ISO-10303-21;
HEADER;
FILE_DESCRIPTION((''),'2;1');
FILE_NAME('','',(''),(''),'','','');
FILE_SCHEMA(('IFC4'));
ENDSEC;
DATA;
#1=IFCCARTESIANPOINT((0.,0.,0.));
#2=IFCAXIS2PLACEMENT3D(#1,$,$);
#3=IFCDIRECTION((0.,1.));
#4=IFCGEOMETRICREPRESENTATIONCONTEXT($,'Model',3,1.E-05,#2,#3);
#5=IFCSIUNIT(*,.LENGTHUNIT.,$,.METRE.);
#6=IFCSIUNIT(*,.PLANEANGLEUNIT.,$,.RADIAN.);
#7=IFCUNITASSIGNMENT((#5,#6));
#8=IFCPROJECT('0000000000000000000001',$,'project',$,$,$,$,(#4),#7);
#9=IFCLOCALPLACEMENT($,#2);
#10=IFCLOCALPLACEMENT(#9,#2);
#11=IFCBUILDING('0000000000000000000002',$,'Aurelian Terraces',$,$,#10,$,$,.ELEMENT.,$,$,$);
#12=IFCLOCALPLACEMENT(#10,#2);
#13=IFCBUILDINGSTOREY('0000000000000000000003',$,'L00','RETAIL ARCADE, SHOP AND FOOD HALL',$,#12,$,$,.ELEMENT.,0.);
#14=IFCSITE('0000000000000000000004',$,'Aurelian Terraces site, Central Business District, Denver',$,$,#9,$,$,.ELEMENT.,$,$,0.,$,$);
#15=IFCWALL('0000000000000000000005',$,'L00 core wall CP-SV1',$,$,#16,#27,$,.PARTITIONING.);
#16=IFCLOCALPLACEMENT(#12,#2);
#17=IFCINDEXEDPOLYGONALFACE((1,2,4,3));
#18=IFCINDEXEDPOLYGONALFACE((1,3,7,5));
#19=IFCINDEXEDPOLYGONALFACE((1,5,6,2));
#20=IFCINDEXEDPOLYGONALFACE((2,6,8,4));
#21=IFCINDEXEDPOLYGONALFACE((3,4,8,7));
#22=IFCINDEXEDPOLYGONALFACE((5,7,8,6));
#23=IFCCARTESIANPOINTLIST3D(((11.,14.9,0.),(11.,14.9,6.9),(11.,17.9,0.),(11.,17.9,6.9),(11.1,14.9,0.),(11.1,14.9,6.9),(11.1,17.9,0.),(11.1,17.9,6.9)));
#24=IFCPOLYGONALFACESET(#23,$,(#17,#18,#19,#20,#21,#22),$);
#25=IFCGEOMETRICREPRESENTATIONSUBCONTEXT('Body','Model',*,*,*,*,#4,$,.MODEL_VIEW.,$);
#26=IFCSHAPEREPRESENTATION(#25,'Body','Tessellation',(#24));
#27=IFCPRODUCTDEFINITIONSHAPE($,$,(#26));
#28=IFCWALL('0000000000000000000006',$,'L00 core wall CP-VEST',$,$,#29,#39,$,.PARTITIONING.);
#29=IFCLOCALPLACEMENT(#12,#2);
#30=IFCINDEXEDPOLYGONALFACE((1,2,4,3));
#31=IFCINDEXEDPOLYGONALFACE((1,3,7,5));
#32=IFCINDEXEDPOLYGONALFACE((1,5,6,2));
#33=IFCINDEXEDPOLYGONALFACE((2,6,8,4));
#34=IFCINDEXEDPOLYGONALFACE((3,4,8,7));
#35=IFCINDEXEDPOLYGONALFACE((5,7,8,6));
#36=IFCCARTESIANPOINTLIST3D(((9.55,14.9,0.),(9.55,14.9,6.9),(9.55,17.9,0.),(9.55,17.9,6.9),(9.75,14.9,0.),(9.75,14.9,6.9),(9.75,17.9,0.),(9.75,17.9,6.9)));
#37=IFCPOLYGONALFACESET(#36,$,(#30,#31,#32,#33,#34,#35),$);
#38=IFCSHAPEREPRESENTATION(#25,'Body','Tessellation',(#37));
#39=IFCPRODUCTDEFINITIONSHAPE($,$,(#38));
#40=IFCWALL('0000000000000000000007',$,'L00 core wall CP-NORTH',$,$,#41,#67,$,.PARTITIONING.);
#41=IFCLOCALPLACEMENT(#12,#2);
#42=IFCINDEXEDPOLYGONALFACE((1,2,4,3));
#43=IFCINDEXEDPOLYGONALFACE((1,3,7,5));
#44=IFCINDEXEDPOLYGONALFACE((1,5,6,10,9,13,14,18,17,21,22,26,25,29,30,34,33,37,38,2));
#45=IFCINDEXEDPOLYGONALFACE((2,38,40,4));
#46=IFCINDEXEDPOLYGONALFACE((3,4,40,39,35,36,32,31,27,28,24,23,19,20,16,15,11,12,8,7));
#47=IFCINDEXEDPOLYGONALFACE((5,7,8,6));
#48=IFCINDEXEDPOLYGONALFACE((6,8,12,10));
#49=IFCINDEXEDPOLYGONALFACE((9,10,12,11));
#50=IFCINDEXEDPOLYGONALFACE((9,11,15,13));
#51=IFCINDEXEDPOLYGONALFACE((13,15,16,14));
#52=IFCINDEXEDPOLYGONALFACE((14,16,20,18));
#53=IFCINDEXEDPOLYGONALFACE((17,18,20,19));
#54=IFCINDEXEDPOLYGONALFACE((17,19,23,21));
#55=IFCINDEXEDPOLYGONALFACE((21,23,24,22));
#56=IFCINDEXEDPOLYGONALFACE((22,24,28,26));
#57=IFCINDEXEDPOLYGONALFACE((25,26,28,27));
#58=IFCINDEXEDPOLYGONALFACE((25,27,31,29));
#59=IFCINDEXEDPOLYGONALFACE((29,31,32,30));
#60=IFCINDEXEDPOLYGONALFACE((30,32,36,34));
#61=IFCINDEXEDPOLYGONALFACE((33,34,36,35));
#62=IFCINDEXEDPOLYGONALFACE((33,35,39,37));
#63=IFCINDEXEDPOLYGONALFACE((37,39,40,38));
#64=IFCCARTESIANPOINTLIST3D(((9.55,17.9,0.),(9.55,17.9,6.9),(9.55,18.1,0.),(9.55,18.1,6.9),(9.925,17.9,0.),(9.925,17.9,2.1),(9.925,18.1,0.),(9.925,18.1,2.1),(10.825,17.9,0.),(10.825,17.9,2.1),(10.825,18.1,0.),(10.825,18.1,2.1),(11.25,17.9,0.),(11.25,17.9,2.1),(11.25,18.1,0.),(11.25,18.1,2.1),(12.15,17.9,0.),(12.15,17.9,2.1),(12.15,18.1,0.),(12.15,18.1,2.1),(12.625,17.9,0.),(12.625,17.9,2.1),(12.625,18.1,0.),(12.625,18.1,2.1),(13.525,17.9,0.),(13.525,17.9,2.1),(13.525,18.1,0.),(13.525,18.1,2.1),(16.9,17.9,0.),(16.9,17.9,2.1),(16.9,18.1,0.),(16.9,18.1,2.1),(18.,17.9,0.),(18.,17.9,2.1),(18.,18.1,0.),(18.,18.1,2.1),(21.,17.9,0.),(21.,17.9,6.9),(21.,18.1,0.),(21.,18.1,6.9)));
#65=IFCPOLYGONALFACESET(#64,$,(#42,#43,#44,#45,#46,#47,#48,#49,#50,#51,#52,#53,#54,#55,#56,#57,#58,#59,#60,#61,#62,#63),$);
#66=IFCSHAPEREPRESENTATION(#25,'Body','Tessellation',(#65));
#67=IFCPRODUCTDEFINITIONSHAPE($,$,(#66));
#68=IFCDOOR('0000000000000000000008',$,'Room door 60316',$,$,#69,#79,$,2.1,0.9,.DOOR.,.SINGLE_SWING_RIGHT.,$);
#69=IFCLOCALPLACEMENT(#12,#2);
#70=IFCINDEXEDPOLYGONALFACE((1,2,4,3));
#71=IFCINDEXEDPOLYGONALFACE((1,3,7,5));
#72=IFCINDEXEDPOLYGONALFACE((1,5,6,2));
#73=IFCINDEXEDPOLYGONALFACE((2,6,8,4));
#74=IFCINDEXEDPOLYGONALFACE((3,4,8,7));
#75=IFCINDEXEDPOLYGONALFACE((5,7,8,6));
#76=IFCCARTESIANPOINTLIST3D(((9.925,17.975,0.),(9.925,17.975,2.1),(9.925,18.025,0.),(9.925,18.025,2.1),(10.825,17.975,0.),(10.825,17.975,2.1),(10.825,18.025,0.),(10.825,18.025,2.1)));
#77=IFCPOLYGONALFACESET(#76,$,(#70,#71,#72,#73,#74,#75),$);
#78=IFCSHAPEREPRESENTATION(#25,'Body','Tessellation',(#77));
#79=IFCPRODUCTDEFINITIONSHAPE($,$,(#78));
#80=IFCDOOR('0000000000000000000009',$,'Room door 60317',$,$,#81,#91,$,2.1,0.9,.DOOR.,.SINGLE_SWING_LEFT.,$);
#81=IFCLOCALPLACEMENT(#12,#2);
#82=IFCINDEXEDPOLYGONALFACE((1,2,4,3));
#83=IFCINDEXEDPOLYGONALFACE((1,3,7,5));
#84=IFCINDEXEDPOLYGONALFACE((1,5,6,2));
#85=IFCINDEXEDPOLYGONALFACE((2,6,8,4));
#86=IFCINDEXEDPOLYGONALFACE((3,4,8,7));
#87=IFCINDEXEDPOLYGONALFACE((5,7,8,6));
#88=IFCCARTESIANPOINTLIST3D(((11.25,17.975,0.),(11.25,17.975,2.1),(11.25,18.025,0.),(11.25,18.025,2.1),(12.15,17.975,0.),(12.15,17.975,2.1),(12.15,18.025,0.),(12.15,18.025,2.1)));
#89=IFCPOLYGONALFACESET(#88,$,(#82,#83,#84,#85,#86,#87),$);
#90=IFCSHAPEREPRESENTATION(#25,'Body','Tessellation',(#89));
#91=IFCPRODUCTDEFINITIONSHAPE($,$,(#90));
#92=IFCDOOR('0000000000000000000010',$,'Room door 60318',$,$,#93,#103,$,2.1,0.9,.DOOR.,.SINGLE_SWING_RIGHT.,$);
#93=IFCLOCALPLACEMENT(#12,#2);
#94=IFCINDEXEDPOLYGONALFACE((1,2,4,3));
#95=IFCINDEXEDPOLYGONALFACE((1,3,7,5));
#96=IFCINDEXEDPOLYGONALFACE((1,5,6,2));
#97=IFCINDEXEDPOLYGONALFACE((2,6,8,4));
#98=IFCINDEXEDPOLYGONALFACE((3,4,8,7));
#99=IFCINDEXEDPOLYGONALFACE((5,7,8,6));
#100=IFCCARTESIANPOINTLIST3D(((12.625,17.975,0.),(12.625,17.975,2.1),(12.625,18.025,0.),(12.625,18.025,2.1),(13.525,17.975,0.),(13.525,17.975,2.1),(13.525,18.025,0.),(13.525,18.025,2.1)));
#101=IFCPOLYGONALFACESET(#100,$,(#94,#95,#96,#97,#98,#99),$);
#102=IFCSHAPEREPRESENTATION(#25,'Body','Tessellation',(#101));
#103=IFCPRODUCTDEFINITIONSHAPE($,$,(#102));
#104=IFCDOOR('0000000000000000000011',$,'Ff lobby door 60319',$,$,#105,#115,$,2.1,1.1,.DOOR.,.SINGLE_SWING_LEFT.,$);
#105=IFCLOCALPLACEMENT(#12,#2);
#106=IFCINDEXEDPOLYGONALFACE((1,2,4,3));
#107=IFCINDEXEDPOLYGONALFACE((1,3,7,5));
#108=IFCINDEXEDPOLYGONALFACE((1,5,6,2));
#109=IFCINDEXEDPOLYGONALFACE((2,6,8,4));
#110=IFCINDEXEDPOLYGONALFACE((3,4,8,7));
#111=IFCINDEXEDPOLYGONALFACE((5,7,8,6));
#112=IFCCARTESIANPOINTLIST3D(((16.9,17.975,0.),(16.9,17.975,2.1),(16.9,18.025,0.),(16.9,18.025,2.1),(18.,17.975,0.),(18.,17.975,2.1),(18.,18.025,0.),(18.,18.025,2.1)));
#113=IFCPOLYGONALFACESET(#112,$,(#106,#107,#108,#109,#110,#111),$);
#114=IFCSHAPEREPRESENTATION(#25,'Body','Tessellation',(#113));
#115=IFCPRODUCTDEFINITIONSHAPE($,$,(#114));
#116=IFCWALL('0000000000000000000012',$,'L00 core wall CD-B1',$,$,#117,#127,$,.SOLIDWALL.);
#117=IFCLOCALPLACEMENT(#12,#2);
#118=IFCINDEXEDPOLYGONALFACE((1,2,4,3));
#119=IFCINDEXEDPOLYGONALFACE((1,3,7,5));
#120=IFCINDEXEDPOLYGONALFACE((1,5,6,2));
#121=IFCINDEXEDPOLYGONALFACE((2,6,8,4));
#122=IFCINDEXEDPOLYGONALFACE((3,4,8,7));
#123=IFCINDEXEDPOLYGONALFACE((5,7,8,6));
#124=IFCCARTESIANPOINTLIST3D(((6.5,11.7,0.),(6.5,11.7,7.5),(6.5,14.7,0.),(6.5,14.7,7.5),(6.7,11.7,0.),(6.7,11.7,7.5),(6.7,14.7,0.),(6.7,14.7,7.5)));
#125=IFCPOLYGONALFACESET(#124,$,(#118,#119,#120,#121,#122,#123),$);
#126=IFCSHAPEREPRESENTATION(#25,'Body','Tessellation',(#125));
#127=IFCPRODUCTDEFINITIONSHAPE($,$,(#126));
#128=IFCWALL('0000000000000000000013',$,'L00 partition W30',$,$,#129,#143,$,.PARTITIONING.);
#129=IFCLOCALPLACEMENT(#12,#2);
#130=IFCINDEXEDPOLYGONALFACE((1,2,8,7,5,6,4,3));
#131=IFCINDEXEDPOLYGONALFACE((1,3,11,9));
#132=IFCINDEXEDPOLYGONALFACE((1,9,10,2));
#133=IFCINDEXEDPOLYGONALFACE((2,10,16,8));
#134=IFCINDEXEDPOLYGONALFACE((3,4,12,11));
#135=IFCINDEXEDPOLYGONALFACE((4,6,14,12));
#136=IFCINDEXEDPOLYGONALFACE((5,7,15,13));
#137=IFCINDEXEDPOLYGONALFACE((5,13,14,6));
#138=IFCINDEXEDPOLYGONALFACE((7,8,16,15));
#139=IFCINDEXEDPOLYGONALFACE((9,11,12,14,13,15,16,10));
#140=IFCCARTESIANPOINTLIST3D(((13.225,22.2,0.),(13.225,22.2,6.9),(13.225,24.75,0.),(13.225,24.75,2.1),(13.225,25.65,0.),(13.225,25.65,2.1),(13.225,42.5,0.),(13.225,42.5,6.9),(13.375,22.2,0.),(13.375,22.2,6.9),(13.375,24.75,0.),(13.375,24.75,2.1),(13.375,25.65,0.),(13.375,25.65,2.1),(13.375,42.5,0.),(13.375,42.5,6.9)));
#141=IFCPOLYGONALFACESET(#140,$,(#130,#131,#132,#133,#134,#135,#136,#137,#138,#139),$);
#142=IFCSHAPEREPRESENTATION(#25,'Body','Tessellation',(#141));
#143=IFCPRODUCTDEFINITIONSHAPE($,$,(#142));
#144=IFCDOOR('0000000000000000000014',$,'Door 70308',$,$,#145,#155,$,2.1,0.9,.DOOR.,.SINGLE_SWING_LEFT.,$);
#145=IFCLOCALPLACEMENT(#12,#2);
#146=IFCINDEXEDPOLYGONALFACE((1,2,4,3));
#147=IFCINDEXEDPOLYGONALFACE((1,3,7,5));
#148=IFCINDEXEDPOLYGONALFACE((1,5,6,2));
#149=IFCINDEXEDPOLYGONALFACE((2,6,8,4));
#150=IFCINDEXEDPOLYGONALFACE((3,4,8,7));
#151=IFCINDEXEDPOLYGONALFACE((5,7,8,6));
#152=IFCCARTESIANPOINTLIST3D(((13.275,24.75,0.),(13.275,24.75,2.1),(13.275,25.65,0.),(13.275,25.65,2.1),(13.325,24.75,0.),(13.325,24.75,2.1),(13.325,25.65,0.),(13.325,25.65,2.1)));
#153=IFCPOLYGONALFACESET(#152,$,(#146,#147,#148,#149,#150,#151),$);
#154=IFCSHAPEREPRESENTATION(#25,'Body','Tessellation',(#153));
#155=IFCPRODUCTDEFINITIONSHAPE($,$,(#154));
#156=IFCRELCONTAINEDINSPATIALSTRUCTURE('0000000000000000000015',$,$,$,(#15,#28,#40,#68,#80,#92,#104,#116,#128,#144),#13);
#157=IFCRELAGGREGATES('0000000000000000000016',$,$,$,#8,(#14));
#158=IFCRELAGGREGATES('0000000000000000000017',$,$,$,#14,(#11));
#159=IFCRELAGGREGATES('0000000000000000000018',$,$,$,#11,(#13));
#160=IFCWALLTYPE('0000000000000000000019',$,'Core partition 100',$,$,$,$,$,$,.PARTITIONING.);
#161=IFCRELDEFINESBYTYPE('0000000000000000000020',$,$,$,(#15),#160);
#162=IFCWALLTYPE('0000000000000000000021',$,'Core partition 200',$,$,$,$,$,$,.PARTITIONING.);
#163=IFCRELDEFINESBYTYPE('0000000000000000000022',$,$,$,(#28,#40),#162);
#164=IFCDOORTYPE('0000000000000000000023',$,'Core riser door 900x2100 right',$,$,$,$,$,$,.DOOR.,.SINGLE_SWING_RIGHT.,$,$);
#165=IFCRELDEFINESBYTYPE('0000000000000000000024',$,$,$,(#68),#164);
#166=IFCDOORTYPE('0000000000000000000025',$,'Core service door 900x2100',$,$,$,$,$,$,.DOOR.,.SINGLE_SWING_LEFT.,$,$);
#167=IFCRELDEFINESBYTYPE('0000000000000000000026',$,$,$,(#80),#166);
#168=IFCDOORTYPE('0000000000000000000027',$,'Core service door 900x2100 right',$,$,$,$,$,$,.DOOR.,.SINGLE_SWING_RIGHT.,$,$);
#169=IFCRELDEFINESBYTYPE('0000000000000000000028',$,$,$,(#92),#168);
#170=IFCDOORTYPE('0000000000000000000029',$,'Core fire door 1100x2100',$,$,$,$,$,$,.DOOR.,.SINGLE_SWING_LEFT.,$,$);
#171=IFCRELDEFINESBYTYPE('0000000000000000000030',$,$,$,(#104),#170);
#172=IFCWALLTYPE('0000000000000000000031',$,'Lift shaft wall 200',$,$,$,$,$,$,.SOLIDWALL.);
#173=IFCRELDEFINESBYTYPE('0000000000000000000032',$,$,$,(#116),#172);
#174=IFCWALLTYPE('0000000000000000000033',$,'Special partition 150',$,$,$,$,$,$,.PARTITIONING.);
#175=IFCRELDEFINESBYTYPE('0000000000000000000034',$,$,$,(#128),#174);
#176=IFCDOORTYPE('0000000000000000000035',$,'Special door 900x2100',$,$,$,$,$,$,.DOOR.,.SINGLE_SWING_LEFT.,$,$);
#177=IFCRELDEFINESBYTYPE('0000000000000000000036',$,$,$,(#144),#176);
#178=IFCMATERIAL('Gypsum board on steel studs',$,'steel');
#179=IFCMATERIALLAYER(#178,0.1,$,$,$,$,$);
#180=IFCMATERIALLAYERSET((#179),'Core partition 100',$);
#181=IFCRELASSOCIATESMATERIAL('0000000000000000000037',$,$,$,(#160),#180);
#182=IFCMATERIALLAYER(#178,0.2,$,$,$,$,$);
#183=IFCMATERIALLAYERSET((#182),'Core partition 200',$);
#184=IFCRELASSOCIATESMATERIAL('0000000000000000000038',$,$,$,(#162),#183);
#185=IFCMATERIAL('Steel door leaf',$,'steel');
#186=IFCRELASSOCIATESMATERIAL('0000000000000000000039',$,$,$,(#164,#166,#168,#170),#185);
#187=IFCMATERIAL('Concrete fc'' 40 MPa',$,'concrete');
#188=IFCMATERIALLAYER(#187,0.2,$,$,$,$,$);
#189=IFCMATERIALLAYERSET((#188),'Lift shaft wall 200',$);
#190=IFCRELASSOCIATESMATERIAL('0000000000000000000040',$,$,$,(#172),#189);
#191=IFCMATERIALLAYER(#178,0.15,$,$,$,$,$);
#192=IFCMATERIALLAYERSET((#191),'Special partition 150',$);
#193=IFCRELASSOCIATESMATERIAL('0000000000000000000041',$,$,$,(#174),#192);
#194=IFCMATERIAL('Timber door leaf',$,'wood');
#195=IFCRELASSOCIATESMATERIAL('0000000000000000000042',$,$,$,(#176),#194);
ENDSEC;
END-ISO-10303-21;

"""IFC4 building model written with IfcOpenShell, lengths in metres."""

from ifc_helpers import new_model, si_unit, direction, frame, frame_2d, origin, place, context, subcontext, project, spatial, rectangle, extrude, source, transform, mapped, material, layer, layer_set, type_object, element, fill, save


model = new_model("IFC4")

# Units and contexts
model_context = context("Model", 3, precision=1e-05, world=origin(), true_north=direction((0.0, 1.0)))
body_context = subcontext(model_context, "Body", "Model", "MODEL_VIEW")
ifc_project = project(units=[si_unit("LENGTHUNIT", "METRE"), si_unit("PLANEANGLEUNIT", "RADIAN")], contexts=[model_context])

# Site, building, storey
site_placement = place(None, origin())
site = spatial("IfcSite", under=ifc_project, at=site_placement, Name="Aurelian Terraces site, Central Business District, Denver", CompositionType="ELEMENT", RefElevation=0.0)
building_placement = place(site_placement, origin())
building = spatial("IfcBuilding", under=site, at=building_placement, Name="Aurelian Terraces", CompositionType="ELEMENT")
storey_placement = place(building_placement, origin())
storey = spatial("IfcBuildingStorey", under=building, at=storey_placement, Name="L00", Description="RETAIL ARCADE, SHOP AND FOOD HALL", CompositionType="ELEMENT", Elevation=0.0)

# Walls
ifc_material_1 = material(Name="Gypsum board on steel studs", Category="steel")
ifc_layer_1 = layer(ifc_material_1, 0.1)
ifc_layer_set_1 = layer_set([ifc_layer_1], Name="Core partition 100")
wall_type_1 = type_object("IfcWallType", Name="Core partition 100", PredefinedType="PARTITIONING", material=ifc_layer_set_1)
wall_1_placement = place(storey_placement, frame((11.05, 14.9, 0.0), z_axis=(0.0, 0.0, 1.0), x_axis=(0.0, 1.0, 0.0)))
element("IfcWall", 1, at=wall_1_placement, inside=storey, type_object=wall_type_1, Name="L00 core wall CP-SV1", PredefinedType="PARTITIONING", context=body_context, shape_type="SweptSolid", body=[
    extrude(rectangle(XDim=3.0, YDim=0.1, at=frame_2d((1.5, 0.0))), origin(), (0.0, 0.0, 1.0), 6.9),
])
ifc_layer_2 = layer(ifc_material_1, 0.2)
ifc_layer_set_2 = layer_set([ifc_layer_2], Name="Core partition 200")
wall_type_2 = type_object("IfcWallType", Name="Core partition 200", PredefinedType="PARTITIONING", material=ifc_layer_set_2)
wall_2_placement = place(storey_placement, frame((9.65, 14.9, 0.0), z_axis=(0.0, 0.0, 1.0), x_axis=(0.0, 1.0, 0.0)))
element("IfcWall", 2, at=wall_2_placement, inside=storey, type_object=wall_type_2, Name="L00 core wall CP-VEST", PredefinedType="PARTITIONING", context=body_context, shape_type="SweptSolid", body=[
    extrude(rectangle(XDim=3.0, YDim=0.2, at=frame_2d((1.5, 0.0))), origin(), (0.0, 0.0, 1.0), 6.9),
])

# Wall, openings, doors
wall_3_placement = place(storey_placement, frame((9.55, 18.0, 0.0), z_axis=(0.0, 0.0, 1.0), x_axis=(1.0, 0.0, 0.0)))
wall_3 = element("IfcWall", 3, at=wall_3_placement, inside=storey, type_object=wall_type_2, Name="L00 core wall CP-NORTH", PredefinedType="PARTITIONING", context=body_context, shape_type="SweptSolid", body=[
    extrude(rectangle(XDim=11.45, YDim=0.2, at=frame_2d((5.725, 0.0))), origin(), (0.0, 0.0, 1.0), 6.9),
])
shared_shape_1 = source(origin(), body_context, "Body", "SweptSolid", [
    extrude(rectangle(XDim=0.9, YDim=2.1, at=frame_2d((0.45, 1.05))), frame((0.0, 0.11, 0.0), z_axis=(0.0, -1.0, 0.0), x_axis=(1.0, 0.0, 0.0)), (0.0, 0.0, 1.0), 0.22),
])
opening_1_placement = place(wall_3_placement, frame((0.375, 0.0, 0.0)))
opening_1 = element("IfcOpeningElement", 4, at=opening_1_placement, cuts=wall_3, PredefinedType="OPENING", context=body_context, shape_type="MappedRepresentation", body=[
    mapped(shared_shape_1, transform((0.0, 0.0, 0.0), scale=1.0)),
])
opening_2_placement = place(wall_3_placement, frame((1.7, 0.0, 0.0)))
opening_2 = element("IfcOpeningElement", 5, at=opening_2_placement, cuts=wall_3, PredefinedType="OPENING", context=body_context, shape_type="MappedRepresentation", body=[
    mapped(shared_shape_1, transform((0.0, 0.0, 0.0), scale=1.0)),
])
opening_3_placement = place(wall_3_placement, frame((3.075, 0.0, 0.0)))
opening_3 = element("IfcOpeningElement", 6, at=opening_3_placement, cuts=wall_3, PredefinedType="OPENING", context=body_context, shape_type="MappedRepresentation", body=[
    mapped(shared_shape_1, transform((0.0, 0.0, 0.0), scale=1.0)),
])
shared_shape_2 = source(origin(), body_context, "Body", "SweptSolid", [
    extrude(rectangle(XDim=1.1, YDim=2.1, at=frame_2d((0.55, 1.05))), frame((0.0, 0.11, 0.0), z_axis=(0.0, -1.0, 0.0), x_axis=(1.0, 0.0, 0.0)), (0.0, 0.0, 1.0), 0.22),
])
opening_4_placement = place(wall_3_placement, frame((7.35, 0.0, 0.0)))
opening_4 = element("IfcOpeningElement", 7, at=opening_4_placement, cuts=wall_3, PredefinedType="OPENING", context=body_context, shape_type="MappedRepresentation", body=[
    mapped(shared_shape_2, transform((0.0, 0.0, 0.0), scale=1.0)),
])
ifc_material_2 = material(Name="Steel door leaf", Category="steel")
door_type_1 = type_object("IfcDoorType", Name="Core riser door 900x2100 right", OperationType="SINGLE_SWING_RIGHT", PredefinedType="DOOR", material=ifc_material_2)
shared_shape_3 = source(origin(), body_context, "Body", "SweptSolid", [
    extrude(rectangle(XDim=0.9, YDim=2.1, at=frame_2d((0.45, 1.05))), frame((0.0, 0.025, 0.0), z_axis=(0.0, -1.0, 0.0), x_axis=(1.0, 0.0, 0.0)), (0.0, 0.0, 1.0), 0.05),
])
door_1_placement = place(opening_1_placement, origin())
door_1 = element("IfcDoor", 8, at=door_1_placement, inside=storey, type_object=door_type_1, Name="Room door 60316", OperationType="SINGLE_SWING_RIGHT", OverallHeight=2.1, OverallWidth=0.9, PredefinedType="DOOR", context=body_context, shape_type="MappedRepresentation", body=[
    mapped(shared_shape_3, transform((0.0, 0.0, 0.0), scale=1.0)),
])
fill(opening_1, door_1)
door_type_2 = type_object("IfcDoorType", Name="Core service door 900x2100", OperationType="SINGLE_SWING_LEFT", PredefinedType="DOOR", material=ifc_material_2)
door_2_placement = place(opening_2_placement, origin())
door_2 = element("IfcDoor", 9, at=door_2_placement, inside=storey, type_object=door_type_2, Name="Room door 60317", OperationType="SINGLE_SWING_LEFT", OverallHeight=2.1, OverallWidth=0.9, PredefinedType="DOOR", context=body_context, shape_type="MappedRepresentation", body=[
    mapped(shared_shape_3, transform((0.0, 0.0, 0.0), scale=1.0)),
])
fill(opening_2, door_2)
door_type_3 = type_object("IfcDoorType", Name="Core service door 900x2100 right", OperationType="SINGLE_SWING_RIGHT", PredefinedType="DOOR", material=ifc_material_2)
door_3_placement = place(opening_3_placement, origin())
door_3 = element("IfcDoor", 10, at=door_3_placement, inside=storey, type_object=door_type_3, Name="Room door 60318", OperationType="SINGLE_SWING_RIGHT", OverallHeight=2.1, OverallWidth=0.9, PredefinedType="DOOR", context=body_context, shape_type="MappedRepresentation", body=[
    mapped(shared_shape_3, transform((0.0, 0.0, 0.0), scale=1.0)),
])
fill(opening_3, door_3)
door_type_4 = type_object("IfcDoorType", Name="Core fire door 1100x2100", OperationType="SINGLE_SWING_LEFT", PredefinedType="DOOR", material=ifc_material_2)
shared_shape_4 = source(origin(), body_context, "Body", "SweptSolid", [
    extrude(rectangle(XDim=1.1, YDim=2.1, at=frame_2d((0.55, 1.05))), frame((0.0, 0.025, 0.0), z_axis=(0.0, -1.0, 0.0), x_axis=(1.0, 0.0, 0.0)), (0.0, 0.0, 1.0), 0.05),
])
door_4_placement = place(opening_4_placement, origin())
door_4 = element("IfcDoor", 11, at=door_4_placement, inside=storey, type_object=door_type_4, Name="Ff lobby door 60319", OperationType="SINGLE_SWING_LEFT", OverallHeight=2.1, OverallWidth=1.1, PredefinedType="DOOR", context=body_context, shape_type="MappedRepresentation", body=[
    mapped(shared_shape_4, transform((0.0, 0.0, 0.0), scale=1.0)),
])
fill(opening_4, door_4)

# Wall
ifc_material_3 = material(Name="Concrete fc' 40 MPa", Category="concrete")
ifc_layer_3 = layer(ifc_material_3, 0.2)
ifc_layer_set_3 = layer_set([ifc_layer_3], Name="Lift shaft wall 200")
wall_type_3 = type_object("IfcWallType", Name="Lift shaft wall 200", PredefinedType="SOLIDWALL", material=ifc_layer_set_3)
wall_4_placement = place(storey_placement, frame((6.6, 11.7, 0.0), z_axis=(0.0, 0.0, 1.0), x_axis=(0.0, 1.0, 0.0)))
element("IfcWall", 12, at=wall_4_placement, inside=storey, type_object=wall_type_3, Name="L00 core wall CD-B1", PredefinedType="SOLIDWALL", context=body_context, shape_type="SweptSolid", body=[
    extrude(rectangle(XDim=3.0, YDim=0.2, at=frame_2d((1.5, 0.0))), origin(), (0.0, 0.0, 1.0), 7.5),
])

# Wall, opening, door
ifc_layer_4 = layer(ifc_material_1, 0.15)
ifc_layer_set_4 = layer_set([ifc_layer_4], Name="Special partition 150")
wall_type_4 = type_object("IfcWallType", Name="Special partition 150", PredefinedType="PARTITIONING", material=ifc_layer_set_4)
wall_5_placement = place(storey_placement, frame((13.3, 22.2, 0.0), z_axis=(0.0, 0.0, 1.0), x_axis=(0.0, 1.0, 0.0)))
wall_5 = element("IfcWall", 13, at=wall_5_placement, inside=storey, type_object=wall_type_4, Name="L00 partition W30", PredefinedType="PARTITIONING", context=body_context, shape_type="SweptSolid", body=[
    extrude(rectangle(XDim=20.3, YDim=0.15, at=frame_2d((10.15, 0.0))), origin(), (0.0, 0.0, 1.0), 6.9),
])
shared_shape_5 = source(origin(), body_context, "Body", "SweptSolid", [
    extrude(rectangle(XDim=0.9, YDim=2.1, at=frame_2d((0.45, 1.05))), frame((0.0, 0.085, 0.0), z_axis=(0.0, -1.0, 0.0), x_axis=(1.0, 0.0, 0.0)), (0.0, 0.0, 1.0), 0.17),
])
opening_5_placement = place(wall_5_placement, frame((2.55, 0.0, 0.0)))
opening_5 = element("IfcOpeningElement", 14, at=opening_5_placement, cuts=wall_5, PredefinedType="OPENING", context=body_context, shape_type="MappedRepresentation", body=[
    mapped(shared_shape_5, transform((0.0, 0.0, 0.0), scale=1.0)),
])
ifc_material_4 = material(Name="Timber door leaf", Category="wood")
door_type_5 = type_object("IfcDoorType", Name="Special door 900x2100", OperationType="SINGLE_SWING_LEFT", PredefinedType="DOOR", material=ifc_material_4)
door_5_placement = place(opening_5_placement, origin())
door_5 = element("IfcDoor", 15, at=door_5_placement, inside=storey, type_object=door_type_5, Name="Door 70308", OperationType="SINGLE_SWING_LEFT", OverallHeight=2.1, OverallWidth=0.9, PredefinedType="DOOR", context=body_context, shape_type="MappedRepresentation", body=[
    mapped(shared_shape_3, transform((0.0, 0.0, 0.0), scale=1.0)),
])
fill(opening_5, door_5)

save(model, "model.ifc")
